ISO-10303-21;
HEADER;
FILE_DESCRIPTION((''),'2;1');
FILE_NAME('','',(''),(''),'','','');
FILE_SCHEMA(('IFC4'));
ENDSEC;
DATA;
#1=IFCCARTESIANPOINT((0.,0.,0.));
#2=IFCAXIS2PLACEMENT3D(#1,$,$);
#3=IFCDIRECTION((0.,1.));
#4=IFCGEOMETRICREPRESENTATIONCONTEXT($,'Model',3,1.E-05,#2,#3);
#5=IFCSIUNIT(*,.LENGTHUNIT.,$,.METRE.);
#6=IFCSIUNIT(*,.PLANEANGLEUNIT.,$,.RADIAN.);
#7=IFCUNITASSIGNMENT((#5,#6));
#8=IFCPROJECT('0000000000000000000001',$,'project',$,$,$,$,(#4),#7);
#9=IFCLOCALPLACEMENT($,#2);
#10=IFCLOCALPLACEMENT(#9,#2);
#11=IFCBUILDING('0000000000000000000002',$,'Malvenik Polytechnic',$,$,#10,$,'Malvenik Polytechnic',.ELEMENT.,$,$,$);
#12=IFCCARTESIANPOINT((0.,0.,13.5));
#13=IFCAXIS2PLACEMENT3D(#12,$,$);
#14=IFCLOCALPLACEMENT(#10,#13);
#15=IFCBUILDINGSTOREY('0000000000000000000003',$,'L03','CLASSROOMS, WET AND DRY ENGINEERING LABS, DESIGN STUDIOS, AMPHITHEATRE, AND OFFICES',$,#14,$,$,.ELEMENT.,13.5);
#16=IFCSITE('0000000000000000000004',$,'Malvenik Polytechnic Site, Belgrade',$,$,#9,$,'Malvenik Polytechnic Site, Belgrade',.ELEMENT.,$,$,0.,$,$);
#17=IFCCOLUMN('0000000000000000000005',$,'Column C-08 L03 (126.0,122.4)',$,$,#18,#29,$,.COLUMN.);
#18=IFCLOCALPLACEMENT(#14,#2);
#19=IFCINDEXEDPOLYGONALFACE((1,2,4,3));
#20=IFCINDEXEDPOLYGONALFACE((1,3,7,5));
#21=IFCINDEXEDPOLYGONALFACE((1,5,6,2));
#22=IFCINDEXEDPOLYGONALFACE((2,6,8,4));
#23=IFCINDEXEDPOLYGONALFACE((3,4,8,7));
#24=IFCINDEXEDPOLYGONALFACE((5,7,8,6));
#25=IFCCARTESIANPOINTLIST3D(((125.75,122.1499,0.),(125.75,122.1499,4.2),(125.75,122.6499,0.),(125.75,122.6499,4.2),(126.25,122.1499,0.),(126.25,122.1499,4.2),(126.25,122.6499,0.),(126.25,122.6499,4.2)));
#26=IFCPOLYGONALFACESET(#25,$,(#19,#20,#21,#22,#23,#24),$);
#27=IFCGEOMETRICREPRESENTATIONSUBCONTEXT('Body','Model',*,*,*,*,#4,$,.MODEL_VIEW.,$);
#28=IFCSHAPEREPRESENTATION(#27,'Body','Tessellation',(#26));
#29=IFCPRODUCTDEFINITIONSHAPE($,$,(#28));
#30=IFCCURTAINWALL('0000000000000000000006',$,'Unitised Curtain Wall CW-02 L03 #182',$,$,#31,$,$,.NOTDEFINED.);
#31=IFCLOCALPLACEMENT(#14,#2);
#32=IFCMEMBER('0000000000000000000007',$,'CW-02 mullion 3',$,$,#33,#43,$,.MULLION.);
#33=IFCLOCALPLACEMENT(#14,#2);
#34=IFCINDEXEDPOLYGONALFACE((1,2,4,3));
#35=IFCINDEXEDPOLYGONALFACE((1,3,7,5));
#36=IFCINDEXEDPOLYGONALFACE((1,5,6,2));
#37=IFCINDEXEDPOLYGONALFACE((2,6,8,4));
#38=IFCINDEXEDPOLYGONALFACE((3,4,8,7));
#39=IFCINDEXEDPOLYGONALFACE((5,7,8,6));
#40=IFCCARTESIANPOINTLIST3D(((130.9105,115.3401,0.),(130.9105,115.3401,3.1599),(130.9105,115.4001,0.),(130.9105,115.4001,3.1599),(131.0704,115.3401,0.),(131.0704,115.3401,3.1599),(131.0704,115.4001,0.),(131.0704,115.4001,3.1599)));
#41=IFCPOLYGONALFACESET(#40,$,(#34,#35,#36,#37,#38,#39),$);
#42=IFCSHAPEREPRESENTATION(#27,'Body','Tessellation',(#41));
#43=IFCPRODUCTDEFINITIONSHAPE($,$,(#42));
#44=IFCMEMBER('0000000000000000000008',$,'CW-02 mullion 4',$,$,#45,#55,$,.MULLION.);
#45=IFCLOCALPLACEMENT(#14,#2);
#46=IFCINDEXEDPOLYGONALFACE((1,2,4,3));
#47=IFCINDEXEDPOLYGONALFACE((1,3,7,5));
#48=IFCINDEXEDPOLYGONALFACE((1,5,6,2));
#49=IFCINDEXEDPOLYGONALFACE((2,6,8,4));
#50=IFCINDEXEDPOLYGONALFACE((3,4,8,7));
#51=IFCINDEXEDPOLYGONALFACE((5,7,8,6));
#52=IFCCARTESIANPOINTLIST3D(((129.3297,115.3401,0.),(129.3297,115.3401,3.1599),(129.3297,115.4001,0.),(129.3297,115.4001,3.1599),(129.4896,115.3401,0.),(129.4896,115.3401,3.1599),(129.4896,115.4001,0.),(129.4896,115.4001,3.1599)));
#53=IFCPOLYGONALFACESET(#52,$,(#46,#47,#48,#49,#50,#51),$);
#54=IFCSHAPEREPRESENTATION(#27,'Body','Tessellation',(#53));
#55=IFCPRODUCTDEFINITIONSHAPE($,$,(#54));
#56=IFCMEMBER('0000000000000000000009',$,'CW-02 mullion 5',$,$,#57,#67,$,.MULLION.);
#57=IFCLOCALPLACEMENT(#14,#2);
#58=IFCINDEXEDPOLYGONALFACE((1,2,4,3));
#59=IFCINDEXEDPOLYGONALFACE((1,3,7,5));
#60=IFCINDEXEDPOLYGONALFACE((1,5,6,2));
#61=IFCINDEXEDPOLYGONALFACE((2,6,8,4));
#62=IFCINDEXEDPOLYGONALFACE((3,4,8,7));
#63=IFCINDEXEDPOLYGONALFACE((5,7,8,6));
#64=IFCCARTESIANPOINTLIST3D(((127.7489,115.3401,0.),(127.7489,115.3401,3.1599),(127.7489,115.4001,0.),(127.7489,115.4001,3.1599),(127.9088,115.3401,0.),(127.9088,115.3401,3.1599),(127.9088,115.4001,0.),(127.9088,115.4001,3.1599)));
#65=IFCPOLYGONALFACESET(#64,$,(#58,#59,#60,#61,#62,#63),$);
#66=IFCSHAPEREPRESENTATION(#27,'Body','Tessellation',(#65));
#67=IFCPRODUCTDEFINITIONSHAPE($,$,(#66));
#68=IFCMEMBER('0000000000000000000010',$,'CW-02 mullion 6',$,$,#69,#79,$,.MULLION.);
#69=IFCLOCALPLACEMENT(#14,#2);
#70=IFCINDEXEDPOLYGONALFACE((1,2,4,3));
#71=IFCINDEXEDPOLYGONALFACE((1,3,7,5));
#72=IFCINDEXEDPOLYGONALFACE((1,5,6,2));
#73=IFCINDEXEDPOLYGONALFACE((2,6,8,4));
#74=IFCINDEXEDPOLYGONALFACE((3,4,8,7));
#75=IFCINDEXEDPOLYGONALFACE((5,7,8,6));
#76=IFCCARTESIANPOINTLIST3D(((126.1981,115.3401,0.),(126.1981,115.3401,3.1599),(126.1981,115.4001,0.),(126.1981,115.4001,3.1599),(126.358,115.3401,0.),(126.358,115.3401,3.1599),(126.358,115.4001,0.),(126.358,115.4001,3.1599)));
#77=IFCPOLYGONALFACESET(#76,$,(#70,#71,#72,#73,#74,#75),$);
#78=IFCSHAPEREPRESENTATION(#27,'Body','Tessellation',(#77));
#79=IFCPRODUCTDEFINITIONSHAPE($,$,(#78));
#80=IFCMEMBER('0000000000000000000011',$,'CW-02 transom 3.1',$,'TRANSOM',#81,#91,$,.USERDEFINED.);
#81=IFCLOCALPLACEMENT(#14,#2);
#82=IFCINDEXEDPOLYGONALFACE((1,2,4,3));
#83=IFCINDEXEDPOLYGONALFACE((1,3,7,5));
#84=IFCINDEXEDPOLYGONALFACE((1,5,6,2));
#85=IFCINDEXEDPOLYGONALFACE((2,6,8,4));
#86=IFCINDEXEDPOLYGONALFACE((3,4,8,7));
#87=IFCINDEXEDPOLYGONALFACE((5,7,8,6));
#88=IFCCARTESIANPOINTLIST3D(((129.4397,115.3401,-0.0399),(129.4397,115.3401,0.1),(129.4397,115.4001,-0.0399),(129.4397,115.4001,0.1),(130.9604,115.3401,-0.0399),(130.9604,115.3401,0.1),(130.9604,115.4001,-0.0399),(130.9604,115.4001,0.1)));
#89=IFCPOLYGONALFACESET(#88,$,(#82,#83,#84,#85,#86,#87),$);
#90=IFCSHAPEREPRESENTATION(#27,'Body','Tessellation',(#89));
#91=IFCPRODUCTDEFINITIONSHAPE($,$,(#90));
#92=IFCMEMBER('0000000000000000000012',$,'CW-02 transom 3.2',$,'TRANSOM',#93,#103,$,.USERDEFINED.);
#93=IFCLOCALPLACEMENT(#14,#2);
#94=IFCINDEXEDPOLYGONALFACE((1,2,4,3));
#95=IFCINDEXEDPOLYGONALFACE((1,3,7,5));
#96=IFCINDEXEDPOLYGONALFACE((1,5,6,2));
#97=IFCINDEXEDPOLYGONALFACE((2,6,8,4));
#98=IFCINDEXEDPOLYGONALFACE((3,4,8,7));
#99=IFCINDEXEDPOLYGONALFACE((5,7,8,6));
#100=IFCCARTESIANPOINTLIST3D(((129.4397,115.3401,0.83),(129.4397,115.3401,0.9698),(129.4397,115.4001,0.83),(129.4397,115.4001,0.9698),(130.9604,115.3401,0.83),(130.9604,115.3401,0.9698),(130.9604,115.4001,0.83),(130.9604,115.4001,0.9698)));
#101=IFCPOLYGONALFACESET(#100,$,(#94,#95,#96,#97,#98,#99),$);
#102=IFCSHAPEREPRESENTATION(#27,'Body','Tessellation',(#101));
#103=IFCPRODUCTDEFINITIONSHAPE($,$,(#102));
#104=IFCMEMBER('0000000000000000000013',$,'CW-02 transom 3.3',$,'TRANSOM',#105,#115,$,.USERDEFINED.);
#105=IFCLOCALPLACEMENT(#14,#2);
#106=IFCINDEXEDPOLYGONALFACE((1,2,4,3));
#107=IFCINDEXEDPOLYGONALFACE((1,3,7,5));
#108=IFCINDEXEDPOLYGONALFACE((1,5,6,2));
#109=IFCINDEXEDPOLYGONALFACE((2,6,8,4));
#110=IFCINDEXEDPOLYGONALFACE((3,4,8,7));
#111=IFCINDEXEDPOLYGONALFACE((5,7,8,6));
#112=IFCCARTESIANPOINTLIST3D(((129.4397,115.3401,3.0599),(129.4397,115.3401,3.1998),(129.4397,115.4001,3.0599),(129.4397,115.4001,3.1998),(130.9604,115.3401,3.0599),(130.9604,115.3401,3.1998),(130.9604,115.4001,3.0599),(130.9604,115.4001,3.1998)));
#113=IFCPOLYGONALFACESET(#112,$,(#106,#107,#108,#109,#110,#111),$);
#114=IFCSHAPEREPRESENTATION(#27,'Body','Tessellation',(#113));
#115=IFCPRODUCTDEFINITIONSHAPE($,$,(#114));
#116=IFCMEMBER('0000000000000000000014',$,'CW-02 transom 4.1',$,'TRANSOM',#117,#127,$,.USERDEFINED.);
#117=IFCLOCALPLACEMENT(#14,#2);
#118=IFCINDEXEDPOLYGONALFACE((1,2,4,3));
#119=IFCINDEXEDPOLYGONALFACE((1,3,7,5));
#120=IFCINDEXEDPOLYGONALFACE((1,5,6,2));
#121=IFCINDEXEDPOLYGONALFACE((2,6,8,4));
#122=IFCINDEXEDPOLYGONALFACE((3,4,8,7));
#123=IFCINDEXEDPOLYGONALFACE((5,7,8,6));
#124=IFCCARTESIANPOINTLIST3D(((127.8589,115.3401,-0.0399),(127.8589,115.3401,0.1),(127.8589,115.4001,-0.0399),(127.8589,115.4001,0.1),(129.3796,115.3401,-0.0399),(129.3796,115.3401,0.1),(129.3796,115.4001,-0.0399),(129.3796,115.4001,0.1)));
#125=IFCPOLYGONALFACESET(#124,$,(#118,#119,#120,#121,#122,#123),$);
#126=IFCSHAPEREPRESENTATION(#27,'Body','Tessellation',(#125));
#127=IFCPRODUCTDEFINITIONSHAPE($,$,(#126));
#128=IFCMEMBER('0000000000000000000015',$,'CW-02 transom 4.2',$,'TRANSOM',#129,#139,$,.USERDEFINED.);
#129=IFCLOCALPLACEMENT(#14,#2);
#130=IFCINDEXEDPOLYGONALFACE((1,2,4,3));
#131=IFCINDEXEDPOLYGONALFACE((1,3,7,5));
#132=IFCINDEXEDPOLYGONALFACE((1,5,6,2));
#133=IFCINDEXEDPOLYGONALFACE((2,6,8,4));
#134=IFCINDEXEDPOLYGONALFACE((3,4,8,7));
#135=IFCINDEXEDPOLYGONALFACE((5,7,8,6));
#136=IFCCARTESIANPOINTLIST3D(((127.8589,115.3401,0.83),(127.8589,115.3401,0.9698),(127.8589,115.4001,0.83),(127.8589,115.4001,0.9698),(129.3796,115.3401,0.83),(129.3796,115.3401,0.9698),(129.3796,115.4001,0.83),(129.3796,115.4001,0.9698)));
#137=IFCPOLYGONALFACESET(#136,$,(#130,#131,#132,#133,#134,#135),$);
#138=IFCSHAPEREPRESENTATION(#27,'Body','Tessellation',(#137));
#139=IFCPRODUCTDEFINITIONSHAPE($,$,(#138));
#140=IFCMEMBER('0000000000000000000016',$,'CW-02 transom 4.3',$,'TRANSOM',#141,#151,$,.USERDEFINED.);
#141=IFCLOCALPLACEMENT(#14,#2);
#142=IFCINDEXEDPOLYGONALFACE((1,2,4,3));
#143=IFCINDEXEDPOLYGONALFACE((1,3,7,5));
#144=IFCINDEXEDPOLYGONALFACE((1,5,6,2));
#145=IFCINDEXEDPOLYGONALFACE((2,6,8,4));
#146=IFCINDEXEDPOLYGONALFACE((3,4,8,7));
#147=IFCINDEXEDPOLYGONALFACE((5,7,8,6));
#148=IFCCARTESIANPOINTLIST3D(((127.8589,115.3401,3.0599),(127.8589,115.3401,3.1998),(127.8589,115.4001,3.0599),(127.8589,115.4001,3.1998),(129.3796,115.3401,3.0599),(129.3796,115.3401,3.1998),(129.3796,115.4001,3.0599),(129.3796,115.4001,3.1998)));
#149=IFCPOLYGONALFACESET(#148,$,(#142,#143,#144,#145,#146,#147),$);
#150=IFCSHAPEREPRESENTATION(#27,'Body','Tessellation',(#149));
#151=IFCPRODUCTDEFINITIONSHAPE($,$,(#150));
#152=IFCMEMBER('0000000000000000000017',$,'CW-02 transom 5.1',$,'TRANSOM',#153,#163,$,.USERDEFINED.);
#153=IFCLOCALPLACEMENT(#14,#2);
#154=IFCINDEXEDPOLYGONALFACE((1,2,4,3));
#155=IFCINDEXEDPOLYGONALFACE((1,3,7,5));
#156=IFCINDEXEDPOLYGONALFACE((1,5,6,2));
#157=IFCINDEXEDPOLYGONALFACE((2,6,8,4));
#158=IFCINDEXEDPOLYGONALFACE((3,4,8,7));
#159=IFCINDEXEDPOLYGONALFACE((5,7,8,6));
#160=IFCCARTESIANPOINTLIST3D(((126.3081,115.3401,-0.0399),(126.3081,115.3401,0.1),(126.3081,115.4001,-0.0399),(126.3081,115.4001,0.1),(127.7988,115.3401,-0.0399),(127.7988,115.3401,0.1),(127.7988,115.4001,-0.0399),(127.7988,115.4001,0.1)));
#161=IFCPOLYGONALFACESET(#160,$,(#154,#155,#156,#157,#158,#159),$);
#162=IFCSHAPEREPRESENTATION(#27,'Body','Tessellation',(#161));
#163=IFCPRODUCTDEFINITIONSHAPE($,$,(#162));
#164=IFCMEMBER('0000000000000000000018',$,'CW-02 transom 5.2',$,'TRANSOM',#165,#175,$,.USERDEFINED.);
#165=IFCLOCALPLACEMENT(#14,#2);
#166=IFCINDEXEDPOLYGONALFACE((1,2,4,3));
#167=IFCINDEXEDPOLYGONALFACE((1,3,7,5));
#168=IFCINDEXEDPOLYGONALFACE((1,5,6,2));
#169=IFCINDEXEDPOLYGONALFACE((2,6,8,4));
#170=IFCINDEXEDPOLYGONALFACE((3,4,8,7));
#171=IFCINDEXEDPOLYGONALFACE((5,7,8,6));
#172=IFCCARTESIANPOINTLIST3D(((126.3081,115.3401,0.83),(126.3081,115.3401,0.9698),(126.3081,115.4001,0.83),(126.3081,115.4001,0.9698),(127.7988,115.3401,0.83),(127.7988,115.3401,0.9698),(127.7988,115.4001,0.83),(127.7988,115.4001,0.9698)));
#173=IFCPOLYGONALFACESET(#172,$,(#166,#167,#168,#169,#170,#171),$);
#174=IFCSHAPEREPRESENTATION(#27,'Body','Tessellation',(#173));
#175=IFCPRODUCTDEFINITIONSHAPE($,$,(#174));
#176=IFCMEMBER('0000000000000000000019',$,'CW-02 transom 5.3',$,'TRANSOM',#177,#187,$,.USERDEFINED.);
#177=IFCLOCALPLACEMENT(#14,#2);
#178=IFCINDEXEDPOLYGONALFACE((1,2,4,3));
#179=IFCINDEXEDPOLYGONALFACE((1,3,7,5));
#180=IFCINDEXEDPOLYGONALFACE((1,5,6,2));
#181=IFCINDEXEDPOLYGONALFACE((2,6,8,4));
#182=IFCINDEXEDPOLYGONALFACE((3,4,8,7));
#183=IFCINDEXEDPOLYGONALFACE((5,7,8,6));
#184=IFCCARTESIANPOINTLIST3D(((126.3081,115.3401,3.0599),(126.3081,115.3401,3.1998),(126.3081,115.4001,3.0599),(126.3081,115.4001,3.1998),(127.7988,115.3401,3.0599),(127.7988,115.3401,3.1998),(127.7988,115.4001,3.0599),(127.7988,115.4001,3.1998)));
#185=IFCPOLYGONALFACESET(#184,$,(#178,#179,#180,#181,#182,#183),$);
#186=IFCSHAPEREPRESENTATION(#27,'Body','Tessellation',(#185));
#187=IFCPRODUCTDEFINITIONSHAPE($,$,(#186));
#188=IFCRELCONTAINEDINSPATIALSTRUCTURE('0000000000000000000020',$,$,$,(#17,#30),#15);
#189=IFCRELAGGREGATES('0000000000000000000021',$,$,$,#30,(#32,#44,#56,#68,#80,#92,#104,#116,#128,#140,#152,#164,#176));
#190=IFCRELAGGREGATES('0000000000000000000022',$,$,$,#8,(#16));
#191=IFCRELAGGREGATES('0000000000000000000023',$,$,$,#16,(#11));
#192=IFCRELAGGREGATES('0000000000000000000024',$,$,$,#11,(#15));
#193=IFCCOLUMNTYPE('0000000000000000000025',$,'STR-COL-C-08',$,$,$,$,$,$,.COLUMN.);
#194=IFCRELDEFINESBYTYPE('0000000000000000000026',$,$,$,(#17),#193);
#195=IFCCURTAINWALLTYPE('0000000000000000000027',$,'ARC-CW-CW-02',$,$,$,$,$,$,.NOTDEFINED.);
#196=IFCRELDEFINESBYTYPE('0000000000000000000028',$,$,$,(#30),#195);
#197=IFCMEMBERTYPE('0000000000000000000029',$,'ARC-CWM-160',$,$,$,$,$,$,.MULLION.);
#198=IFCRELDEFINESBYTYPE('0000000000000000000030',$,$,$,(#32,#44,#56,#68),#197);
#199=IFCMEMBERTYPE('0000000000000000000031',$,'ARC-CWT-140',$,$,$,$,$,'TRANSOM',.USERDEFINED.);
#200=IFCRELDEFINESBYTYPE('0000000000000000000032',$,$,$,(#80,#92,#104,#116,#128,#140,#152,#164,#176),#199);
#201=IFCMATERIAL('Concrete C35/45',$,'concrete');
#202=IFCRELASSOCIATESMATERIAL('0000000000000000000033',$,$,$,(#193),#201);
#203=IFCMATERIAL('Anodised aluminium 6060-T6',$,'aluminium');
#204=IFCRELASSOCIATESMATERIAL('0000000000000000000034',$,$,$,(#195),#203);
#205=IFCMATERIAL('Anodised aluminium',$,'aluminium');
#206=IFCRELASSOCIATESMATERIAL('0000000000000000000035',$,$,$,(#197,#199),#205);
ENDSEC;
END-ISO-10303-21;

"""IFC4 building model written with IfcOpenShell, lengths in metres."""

from ifc_helpers import new_model, si_unit, direction, frame, origin, origin_2d, place, context, subcontext, project, spatial, rectangle, extrude, material, material_profile, profile_set, type_object, element, aggregate, save


model = new_model("IFC4")

# Units and contexts
model_context = context("Model", 3, precision=1e-05, world=origin(), true_north=direction((0.0, 1.0)))
body_context = subcontext(model_context, "Body", "Model", "MODEL_VIEW")
ifc_project = project(units=[si_unit("LENGTHUNIT", "METRE"), si_unit("PLANEANGLEUNIT", "RADIAN")], contexts=[model_context])

# Site, building, storey
site_placement = place(None, origin())
site = spatial("IfcSite", under=ifc_project, at=site_placement, Name="Malvenik Polytechnic Site, Belgrade", LongName="Malvenik Polytechnic Site, Belgrade", CompositionType="ELEMENT", RefElevation=0.0)
building_placement = place(site_placement, origin())
building = spatial("IfcBuilding", under=site, at=building_placement, Name="Malvenik Polytechnic", LongName="Malvenik Polytechnic", CompositionType="ELEMENT")
storey_placement = place(building_placement, frame((0.0, 0.0, 13.5)))
storey = spatial("IfcBuildingStorey", under=building, at=storey_placement, Name="L03", Description="CLASSROOMS, WET AND DRY ENGINEERING LABS, DESIGN STUDIOS, AMPHITHEATRE, AND OFFICES", CompositionType="ELEMENT", Elevation=13.5)

# Column
ifc_material_1 = material(Name="Concrete C35/45", Category="concrete")
ifc_material_profile_1 = material_profile(ifc_material_1, rectangle(XDim=0.5, YDim=0.5, at=origin_2d()), Name="RC COL 500x500")
ifc_profile_set_1 = profile_set([ifc_material_profile_1], Name="Concrete C35/45")
column_type = type_object("IfcColumnType", Name="STR-COL-C-08", PredefinedType="COLUMN", material=ifc_profile_set_1)
column_placement = place(storey_placement, frame((126.0, 122.3999, 0.0), z_axis=(0.0, 0.0, 1.0), x_axis=(1.0, 0.0, 0.0)))
element("IfcColumn", 1, at=column_placement, inside=storey, type_object=column_type, Name="Column C-08 L03 (126.0,122.4)", PredefinedType="COLUMN", context=body_context, shape_type="SweptSolid", body=[
    extrude(rectangle(XDim=0.5, YDim=0.5, at=origin_2d()), origin(), (0.0, 0.0, 1.0), 4.2),
])

# Curtain wall, members
ifc_material_2 = material(Name="Anodised aluminium 6060-T6", Category="aluminium")
curtain_wall_type = type_object("IfcCurtainWallType", Name="ARC-CW-CW-02", PredefinedType="NOTDEFINED", material=ifc_material_2)
curtain_wall_placement = place(storey_placement, origin())
curtain_wall = element("IfcCurtainWall", 2, at=curtain_wall_placement, inside=storey, type_object=curtain_wall_type, Name="Unitised Curtain Wall CW-02 L03 #182", PredefinedType="NOTDEFINED")
ifc_material_3 = material(Name="Anodised aluminium", Category="aluminium")
ifc_material_profile_2 = material_profile(ifc_material_3, rectangle(XDim=0.0601, YDim=0.1599, at=origin_2d()), Name="ALU MULLION 60x160")
ifc_profile_set_2 = profile_set([ifc_material_profile_2], Name="Anodised aluminium")
member_type_1 = type_object("IfcMemberType", Name="ARC-CWM-160", PredefinedType="MULLION", material=ifc_profile_set_2)
member_1_placement = place(storey_placement, frame((130.9905, 115.3701, 0.0), z_axis=(0.0, 0.0, 1.0), x_axis=(0.0, -1.0, 0.0)))
member_1 = element("IfcMember", 3, at=member_1_placement, type_object=member_type_1, Name="CW-02 mullion 3", PredefinedType="MULLION", context=body_context, shape_type="SweptSolid", body=[
    extrude(rectangle(XDim=0.0601, YDim=0.1599, at=origin_2d()), origin(), (0.0, 0.0, 1.0), 3.1599),
])
member_2_placement = place(storey_placement, frame((129.4097, 115.3701, 0.0), z_axis=(0.0, 0.0, 1.0), x_axis=(0.0, -1.0, 0.0)))
member_2 = element("IfcMember", 4, at=member_2_placement, type_object=member_type_1, Name="CW-02 mullion 4", PredefinedType="MULLION", context=body_context, shape_type="SweptSolid", body=[
    extrude(rectangle(XDim=0.0601, YDim=0.1599, at=origin_2d()), origin(), (0.0, 0.0, 1.0), 3.1599),
])
member_3_placement = place(storey_placement, frame((127.8289, 115.3701, 0.0), z_axis=(0.0, 0.0, 1.0), x_axis=(0.0, -1.0, 0.0)))
member_3 = element("IfcMember", 5, at=member_3_placement, type_object=member_type_1, Name="CW-02 mullion 5", PredefinedType="MULLION", context=body_context, shape_type="SweptSolid", body=[
    extrude(rectangle(XDim=0.0601, YDim=0.1599, at=origin_2d()), origin(), (0.0, 0.0, 1.0), 3.1599),
])
member_4_placement = place(storey_placement, frame((126.2781, 115.3701, 0.0), z_axis=(0.0, 0.0, 1.0), x_axis=(0.0, -1.0, 0.0)))
member_4 = element("IfcMember", 6, at=member_4_placement, type_object=member_type_1, Name="CW-02 mullion 6", PredefinedType="MULLION", context=body_context, shape_type="SweptSolid", body=[
    extrude(rectangle(XDim=0.0601, YDim=0.1599, at=origin_2d()), origin(), (0.0, 0.0, 1.0), 3.1599),
])
ifc_material_profile_3 = material_profile(ifc_material_3, rectangle(XDim=0.0601, YDim=0.1399, at=origin_2d()), Name="ALU TRANSOM 60x140")
ifc_profile_set_3 = profile_set([ifc_material_profile_3], Name="Anodised aluminium")
member_type_2 = type_object("IfcMemberType", Name="ARC-CWT-140", ElementType="TRANSOM", PredefinedType="USERDEFINED", material=ifc_profile_set_3)
member_5_placement = place(storey_placement, frame((130.9604, 115.3701, 0.03), z_axis=(-1.0, 0.0, 0.0), x_axis=(0.0, -1.0, 0.0)))
member_5 = element("IfcMember", 7, at=member_5_placement, type_object=member_type_2, Name="CW-02 transom 3.1", ObjectType="TRANSOM", PredefinedType="USERDEFINED", context=body_context, shape_type="SweptSolid", body=[
    extrude(rectangle(XDim=0.0601, YDim=0.1399, at=origin_2d()), origin(), (0.0, 0.0, 1.0), 1.5208),
])
member_6_placement = place(storey_placement, frame((130.9604, 115.3701, 0.8999), z_axis=(-1.0, 0.0, 0.0), x_axis=(0.0, -1.0, 0.0)))
member_6 = element("IfcMember", 8, at=member_6_placement, type_object=member_type_2, Name="CW-02 transom 3.2", ObjectType="TRANSOM", PredefinedType="USERDEFINED", context=body_context, shape_type="SweptSolid", body=[
    extrude(rectangle(XDim=0.0601, YDim=0.1399, at=origin_2d()), origin(), (0.0, 0.0, 1.0), 1.5208),
])
member_7_placement = place(storey_placement, frame((130.9604, 115.3701, 3.1299), z_axis=(-1.0, 0.0, 0.0), x_axis=(0.0, -1.0, 0.0)))
member_7 = element("IfcMember", 9, at=member_7_placement, type_object=member_type_2, Name="CW-02 transom 3.3", ObjectType="TRANSOM", PredefinedType="USERDEFINED", context=body_context, shape_type="SweptSolid", body=[
    extrude(rectangle(XDim=0.0601, YDim=0.1399, at=origin_2d()), origin(), (0.0, 0.0, 1.0), 1.5208),
])
member_8_placement = place(storey_placement, frame((129.3796, 115.3701, 0.03), z_axis=(-1.0, 0.0, 0.0), x_axis=(0.0, -1.0, 0.0)))
member_8 = element("IfcMember", 10, at=member_8_placement, type_object=member_type_2, Name="CW-02 transom 4.1", ObjectType="TRANSOM", PredefinedType="USERDEFINED", context=body_context, shape_type="SweptSolid", body=[
    extrude(rectangle(XDim=0.0601, YDim=0.1399, at=origin_2d()), origin(), (0.0, 0.0, 1.0), 1.5208),
])
member_9_placement = place(storey_placement, frame((129.3796, 115.3701, 0.8999), z_axis=(-1.0, 0.0, 0.0), x_axis=(0.0, -1.0, 0.0)))
member_9 = element("IfcMember", 11, at=member_9_placement, type_object=member_type_2, Name="CW-02 transom 4.2", ObjectType="TRANSOM", PredefinedType="USERDEFINED", context=body_context, shape_type="SweptSolid", body=[
    extrude(rectangle(XDim=0.0601, YDim=0.1399, at=origin_2d()), origin(), (0.0, 0.0, 1.0), 1.5208),
])
member_10_placement = place(storey_placement, frame((129.3796, 115.3701, 3.1299), z_axis=(-1.0, 0.0, 0.0), x_axis=(0.0, -1.0, 0.0)))
member_10 = element("IfcMember", 12, at=member_10_placement, type_object=member_type_2, Name="CW-02 transom 4.3", ObjectType="TRANSOM", PredefinedType="USERDEFINED", context=body_context, shape_type="SweptSolid", body=[
    extrude(rectangle(XDim=0.0601, YDim=0.1399, at=origin_2d()), origin(), (0.0, 0.0, 1.0), 1.5208),
])
member_11_placement = place(storey_placement, frame((127.7988, 115.3701, 0.03), z_axis=(-1.0, 0.0, 0.0), x_axis=(0.0, -1.0, 0.0)))
member_11 = element("IfcMember", 13, at=member_11_placement, type_object=member_type_2, Name="CW-02 transom 5.1", ObjectType="TRANSOM", PredefinedType="USERDEFINED", context=body_context, shape_type="SweptSolid", body=[
    extrude(rectangle(XDim=0.0601, YDim=0.1399, at=origin_2d()), origin(), (0.0, 0.0, 1.0), 1.4907),
])
member_12_placement = place(storey_placement, frame((127.7988, 115.3701, 0.8999), z_axis=(-1.0, 0.0, 0.0), x_axis=(0.0, -1.0, 0.0)))
member_12 = element("IfcMember", 14, at=member_12_placement, type_object=member_type_2, Name="CW-02 transom 5.2", ObjectType="TRANSOM", PredefinedType="USERDEFINED", context=body_context, shape_type="SweptSolid", body=[
    extrude(rectangle(XDim=0.0601, YDim=0.1399, at=origin_2d()), origin(), (0.0, 0.0, 1.0), 1.4907),
])
member_13_placement = place(storey_placement, frame((127.7988, 115.3701, 3.1299), z_axis=(-1.0, 0.0, 0.0), x_axis=(0.0, -1.0, 0.0)))
member_13 = element("IfcMember", 15, at=member_13_placement, type_object=member_type_2, Name="CW-02 transom 5.3", ObjectType="TRANSOM", PredefinedType="USERDEFINED", context=body_context, shape_type="SweptSolid", body=[
    extrude(rectangle(XDim=0.0601, YDim=0.1399, at=origin_2d()), origin(), (0.0, 0.0, 1.0), 1.4907),
])

aggregate(curtain_wall, [member_1, member_2, member_3, member_4, member_5, member_6, member_7, member_8, member_9, member_10, member_11, member_12, member_13])

save(model, "model.ifc")
